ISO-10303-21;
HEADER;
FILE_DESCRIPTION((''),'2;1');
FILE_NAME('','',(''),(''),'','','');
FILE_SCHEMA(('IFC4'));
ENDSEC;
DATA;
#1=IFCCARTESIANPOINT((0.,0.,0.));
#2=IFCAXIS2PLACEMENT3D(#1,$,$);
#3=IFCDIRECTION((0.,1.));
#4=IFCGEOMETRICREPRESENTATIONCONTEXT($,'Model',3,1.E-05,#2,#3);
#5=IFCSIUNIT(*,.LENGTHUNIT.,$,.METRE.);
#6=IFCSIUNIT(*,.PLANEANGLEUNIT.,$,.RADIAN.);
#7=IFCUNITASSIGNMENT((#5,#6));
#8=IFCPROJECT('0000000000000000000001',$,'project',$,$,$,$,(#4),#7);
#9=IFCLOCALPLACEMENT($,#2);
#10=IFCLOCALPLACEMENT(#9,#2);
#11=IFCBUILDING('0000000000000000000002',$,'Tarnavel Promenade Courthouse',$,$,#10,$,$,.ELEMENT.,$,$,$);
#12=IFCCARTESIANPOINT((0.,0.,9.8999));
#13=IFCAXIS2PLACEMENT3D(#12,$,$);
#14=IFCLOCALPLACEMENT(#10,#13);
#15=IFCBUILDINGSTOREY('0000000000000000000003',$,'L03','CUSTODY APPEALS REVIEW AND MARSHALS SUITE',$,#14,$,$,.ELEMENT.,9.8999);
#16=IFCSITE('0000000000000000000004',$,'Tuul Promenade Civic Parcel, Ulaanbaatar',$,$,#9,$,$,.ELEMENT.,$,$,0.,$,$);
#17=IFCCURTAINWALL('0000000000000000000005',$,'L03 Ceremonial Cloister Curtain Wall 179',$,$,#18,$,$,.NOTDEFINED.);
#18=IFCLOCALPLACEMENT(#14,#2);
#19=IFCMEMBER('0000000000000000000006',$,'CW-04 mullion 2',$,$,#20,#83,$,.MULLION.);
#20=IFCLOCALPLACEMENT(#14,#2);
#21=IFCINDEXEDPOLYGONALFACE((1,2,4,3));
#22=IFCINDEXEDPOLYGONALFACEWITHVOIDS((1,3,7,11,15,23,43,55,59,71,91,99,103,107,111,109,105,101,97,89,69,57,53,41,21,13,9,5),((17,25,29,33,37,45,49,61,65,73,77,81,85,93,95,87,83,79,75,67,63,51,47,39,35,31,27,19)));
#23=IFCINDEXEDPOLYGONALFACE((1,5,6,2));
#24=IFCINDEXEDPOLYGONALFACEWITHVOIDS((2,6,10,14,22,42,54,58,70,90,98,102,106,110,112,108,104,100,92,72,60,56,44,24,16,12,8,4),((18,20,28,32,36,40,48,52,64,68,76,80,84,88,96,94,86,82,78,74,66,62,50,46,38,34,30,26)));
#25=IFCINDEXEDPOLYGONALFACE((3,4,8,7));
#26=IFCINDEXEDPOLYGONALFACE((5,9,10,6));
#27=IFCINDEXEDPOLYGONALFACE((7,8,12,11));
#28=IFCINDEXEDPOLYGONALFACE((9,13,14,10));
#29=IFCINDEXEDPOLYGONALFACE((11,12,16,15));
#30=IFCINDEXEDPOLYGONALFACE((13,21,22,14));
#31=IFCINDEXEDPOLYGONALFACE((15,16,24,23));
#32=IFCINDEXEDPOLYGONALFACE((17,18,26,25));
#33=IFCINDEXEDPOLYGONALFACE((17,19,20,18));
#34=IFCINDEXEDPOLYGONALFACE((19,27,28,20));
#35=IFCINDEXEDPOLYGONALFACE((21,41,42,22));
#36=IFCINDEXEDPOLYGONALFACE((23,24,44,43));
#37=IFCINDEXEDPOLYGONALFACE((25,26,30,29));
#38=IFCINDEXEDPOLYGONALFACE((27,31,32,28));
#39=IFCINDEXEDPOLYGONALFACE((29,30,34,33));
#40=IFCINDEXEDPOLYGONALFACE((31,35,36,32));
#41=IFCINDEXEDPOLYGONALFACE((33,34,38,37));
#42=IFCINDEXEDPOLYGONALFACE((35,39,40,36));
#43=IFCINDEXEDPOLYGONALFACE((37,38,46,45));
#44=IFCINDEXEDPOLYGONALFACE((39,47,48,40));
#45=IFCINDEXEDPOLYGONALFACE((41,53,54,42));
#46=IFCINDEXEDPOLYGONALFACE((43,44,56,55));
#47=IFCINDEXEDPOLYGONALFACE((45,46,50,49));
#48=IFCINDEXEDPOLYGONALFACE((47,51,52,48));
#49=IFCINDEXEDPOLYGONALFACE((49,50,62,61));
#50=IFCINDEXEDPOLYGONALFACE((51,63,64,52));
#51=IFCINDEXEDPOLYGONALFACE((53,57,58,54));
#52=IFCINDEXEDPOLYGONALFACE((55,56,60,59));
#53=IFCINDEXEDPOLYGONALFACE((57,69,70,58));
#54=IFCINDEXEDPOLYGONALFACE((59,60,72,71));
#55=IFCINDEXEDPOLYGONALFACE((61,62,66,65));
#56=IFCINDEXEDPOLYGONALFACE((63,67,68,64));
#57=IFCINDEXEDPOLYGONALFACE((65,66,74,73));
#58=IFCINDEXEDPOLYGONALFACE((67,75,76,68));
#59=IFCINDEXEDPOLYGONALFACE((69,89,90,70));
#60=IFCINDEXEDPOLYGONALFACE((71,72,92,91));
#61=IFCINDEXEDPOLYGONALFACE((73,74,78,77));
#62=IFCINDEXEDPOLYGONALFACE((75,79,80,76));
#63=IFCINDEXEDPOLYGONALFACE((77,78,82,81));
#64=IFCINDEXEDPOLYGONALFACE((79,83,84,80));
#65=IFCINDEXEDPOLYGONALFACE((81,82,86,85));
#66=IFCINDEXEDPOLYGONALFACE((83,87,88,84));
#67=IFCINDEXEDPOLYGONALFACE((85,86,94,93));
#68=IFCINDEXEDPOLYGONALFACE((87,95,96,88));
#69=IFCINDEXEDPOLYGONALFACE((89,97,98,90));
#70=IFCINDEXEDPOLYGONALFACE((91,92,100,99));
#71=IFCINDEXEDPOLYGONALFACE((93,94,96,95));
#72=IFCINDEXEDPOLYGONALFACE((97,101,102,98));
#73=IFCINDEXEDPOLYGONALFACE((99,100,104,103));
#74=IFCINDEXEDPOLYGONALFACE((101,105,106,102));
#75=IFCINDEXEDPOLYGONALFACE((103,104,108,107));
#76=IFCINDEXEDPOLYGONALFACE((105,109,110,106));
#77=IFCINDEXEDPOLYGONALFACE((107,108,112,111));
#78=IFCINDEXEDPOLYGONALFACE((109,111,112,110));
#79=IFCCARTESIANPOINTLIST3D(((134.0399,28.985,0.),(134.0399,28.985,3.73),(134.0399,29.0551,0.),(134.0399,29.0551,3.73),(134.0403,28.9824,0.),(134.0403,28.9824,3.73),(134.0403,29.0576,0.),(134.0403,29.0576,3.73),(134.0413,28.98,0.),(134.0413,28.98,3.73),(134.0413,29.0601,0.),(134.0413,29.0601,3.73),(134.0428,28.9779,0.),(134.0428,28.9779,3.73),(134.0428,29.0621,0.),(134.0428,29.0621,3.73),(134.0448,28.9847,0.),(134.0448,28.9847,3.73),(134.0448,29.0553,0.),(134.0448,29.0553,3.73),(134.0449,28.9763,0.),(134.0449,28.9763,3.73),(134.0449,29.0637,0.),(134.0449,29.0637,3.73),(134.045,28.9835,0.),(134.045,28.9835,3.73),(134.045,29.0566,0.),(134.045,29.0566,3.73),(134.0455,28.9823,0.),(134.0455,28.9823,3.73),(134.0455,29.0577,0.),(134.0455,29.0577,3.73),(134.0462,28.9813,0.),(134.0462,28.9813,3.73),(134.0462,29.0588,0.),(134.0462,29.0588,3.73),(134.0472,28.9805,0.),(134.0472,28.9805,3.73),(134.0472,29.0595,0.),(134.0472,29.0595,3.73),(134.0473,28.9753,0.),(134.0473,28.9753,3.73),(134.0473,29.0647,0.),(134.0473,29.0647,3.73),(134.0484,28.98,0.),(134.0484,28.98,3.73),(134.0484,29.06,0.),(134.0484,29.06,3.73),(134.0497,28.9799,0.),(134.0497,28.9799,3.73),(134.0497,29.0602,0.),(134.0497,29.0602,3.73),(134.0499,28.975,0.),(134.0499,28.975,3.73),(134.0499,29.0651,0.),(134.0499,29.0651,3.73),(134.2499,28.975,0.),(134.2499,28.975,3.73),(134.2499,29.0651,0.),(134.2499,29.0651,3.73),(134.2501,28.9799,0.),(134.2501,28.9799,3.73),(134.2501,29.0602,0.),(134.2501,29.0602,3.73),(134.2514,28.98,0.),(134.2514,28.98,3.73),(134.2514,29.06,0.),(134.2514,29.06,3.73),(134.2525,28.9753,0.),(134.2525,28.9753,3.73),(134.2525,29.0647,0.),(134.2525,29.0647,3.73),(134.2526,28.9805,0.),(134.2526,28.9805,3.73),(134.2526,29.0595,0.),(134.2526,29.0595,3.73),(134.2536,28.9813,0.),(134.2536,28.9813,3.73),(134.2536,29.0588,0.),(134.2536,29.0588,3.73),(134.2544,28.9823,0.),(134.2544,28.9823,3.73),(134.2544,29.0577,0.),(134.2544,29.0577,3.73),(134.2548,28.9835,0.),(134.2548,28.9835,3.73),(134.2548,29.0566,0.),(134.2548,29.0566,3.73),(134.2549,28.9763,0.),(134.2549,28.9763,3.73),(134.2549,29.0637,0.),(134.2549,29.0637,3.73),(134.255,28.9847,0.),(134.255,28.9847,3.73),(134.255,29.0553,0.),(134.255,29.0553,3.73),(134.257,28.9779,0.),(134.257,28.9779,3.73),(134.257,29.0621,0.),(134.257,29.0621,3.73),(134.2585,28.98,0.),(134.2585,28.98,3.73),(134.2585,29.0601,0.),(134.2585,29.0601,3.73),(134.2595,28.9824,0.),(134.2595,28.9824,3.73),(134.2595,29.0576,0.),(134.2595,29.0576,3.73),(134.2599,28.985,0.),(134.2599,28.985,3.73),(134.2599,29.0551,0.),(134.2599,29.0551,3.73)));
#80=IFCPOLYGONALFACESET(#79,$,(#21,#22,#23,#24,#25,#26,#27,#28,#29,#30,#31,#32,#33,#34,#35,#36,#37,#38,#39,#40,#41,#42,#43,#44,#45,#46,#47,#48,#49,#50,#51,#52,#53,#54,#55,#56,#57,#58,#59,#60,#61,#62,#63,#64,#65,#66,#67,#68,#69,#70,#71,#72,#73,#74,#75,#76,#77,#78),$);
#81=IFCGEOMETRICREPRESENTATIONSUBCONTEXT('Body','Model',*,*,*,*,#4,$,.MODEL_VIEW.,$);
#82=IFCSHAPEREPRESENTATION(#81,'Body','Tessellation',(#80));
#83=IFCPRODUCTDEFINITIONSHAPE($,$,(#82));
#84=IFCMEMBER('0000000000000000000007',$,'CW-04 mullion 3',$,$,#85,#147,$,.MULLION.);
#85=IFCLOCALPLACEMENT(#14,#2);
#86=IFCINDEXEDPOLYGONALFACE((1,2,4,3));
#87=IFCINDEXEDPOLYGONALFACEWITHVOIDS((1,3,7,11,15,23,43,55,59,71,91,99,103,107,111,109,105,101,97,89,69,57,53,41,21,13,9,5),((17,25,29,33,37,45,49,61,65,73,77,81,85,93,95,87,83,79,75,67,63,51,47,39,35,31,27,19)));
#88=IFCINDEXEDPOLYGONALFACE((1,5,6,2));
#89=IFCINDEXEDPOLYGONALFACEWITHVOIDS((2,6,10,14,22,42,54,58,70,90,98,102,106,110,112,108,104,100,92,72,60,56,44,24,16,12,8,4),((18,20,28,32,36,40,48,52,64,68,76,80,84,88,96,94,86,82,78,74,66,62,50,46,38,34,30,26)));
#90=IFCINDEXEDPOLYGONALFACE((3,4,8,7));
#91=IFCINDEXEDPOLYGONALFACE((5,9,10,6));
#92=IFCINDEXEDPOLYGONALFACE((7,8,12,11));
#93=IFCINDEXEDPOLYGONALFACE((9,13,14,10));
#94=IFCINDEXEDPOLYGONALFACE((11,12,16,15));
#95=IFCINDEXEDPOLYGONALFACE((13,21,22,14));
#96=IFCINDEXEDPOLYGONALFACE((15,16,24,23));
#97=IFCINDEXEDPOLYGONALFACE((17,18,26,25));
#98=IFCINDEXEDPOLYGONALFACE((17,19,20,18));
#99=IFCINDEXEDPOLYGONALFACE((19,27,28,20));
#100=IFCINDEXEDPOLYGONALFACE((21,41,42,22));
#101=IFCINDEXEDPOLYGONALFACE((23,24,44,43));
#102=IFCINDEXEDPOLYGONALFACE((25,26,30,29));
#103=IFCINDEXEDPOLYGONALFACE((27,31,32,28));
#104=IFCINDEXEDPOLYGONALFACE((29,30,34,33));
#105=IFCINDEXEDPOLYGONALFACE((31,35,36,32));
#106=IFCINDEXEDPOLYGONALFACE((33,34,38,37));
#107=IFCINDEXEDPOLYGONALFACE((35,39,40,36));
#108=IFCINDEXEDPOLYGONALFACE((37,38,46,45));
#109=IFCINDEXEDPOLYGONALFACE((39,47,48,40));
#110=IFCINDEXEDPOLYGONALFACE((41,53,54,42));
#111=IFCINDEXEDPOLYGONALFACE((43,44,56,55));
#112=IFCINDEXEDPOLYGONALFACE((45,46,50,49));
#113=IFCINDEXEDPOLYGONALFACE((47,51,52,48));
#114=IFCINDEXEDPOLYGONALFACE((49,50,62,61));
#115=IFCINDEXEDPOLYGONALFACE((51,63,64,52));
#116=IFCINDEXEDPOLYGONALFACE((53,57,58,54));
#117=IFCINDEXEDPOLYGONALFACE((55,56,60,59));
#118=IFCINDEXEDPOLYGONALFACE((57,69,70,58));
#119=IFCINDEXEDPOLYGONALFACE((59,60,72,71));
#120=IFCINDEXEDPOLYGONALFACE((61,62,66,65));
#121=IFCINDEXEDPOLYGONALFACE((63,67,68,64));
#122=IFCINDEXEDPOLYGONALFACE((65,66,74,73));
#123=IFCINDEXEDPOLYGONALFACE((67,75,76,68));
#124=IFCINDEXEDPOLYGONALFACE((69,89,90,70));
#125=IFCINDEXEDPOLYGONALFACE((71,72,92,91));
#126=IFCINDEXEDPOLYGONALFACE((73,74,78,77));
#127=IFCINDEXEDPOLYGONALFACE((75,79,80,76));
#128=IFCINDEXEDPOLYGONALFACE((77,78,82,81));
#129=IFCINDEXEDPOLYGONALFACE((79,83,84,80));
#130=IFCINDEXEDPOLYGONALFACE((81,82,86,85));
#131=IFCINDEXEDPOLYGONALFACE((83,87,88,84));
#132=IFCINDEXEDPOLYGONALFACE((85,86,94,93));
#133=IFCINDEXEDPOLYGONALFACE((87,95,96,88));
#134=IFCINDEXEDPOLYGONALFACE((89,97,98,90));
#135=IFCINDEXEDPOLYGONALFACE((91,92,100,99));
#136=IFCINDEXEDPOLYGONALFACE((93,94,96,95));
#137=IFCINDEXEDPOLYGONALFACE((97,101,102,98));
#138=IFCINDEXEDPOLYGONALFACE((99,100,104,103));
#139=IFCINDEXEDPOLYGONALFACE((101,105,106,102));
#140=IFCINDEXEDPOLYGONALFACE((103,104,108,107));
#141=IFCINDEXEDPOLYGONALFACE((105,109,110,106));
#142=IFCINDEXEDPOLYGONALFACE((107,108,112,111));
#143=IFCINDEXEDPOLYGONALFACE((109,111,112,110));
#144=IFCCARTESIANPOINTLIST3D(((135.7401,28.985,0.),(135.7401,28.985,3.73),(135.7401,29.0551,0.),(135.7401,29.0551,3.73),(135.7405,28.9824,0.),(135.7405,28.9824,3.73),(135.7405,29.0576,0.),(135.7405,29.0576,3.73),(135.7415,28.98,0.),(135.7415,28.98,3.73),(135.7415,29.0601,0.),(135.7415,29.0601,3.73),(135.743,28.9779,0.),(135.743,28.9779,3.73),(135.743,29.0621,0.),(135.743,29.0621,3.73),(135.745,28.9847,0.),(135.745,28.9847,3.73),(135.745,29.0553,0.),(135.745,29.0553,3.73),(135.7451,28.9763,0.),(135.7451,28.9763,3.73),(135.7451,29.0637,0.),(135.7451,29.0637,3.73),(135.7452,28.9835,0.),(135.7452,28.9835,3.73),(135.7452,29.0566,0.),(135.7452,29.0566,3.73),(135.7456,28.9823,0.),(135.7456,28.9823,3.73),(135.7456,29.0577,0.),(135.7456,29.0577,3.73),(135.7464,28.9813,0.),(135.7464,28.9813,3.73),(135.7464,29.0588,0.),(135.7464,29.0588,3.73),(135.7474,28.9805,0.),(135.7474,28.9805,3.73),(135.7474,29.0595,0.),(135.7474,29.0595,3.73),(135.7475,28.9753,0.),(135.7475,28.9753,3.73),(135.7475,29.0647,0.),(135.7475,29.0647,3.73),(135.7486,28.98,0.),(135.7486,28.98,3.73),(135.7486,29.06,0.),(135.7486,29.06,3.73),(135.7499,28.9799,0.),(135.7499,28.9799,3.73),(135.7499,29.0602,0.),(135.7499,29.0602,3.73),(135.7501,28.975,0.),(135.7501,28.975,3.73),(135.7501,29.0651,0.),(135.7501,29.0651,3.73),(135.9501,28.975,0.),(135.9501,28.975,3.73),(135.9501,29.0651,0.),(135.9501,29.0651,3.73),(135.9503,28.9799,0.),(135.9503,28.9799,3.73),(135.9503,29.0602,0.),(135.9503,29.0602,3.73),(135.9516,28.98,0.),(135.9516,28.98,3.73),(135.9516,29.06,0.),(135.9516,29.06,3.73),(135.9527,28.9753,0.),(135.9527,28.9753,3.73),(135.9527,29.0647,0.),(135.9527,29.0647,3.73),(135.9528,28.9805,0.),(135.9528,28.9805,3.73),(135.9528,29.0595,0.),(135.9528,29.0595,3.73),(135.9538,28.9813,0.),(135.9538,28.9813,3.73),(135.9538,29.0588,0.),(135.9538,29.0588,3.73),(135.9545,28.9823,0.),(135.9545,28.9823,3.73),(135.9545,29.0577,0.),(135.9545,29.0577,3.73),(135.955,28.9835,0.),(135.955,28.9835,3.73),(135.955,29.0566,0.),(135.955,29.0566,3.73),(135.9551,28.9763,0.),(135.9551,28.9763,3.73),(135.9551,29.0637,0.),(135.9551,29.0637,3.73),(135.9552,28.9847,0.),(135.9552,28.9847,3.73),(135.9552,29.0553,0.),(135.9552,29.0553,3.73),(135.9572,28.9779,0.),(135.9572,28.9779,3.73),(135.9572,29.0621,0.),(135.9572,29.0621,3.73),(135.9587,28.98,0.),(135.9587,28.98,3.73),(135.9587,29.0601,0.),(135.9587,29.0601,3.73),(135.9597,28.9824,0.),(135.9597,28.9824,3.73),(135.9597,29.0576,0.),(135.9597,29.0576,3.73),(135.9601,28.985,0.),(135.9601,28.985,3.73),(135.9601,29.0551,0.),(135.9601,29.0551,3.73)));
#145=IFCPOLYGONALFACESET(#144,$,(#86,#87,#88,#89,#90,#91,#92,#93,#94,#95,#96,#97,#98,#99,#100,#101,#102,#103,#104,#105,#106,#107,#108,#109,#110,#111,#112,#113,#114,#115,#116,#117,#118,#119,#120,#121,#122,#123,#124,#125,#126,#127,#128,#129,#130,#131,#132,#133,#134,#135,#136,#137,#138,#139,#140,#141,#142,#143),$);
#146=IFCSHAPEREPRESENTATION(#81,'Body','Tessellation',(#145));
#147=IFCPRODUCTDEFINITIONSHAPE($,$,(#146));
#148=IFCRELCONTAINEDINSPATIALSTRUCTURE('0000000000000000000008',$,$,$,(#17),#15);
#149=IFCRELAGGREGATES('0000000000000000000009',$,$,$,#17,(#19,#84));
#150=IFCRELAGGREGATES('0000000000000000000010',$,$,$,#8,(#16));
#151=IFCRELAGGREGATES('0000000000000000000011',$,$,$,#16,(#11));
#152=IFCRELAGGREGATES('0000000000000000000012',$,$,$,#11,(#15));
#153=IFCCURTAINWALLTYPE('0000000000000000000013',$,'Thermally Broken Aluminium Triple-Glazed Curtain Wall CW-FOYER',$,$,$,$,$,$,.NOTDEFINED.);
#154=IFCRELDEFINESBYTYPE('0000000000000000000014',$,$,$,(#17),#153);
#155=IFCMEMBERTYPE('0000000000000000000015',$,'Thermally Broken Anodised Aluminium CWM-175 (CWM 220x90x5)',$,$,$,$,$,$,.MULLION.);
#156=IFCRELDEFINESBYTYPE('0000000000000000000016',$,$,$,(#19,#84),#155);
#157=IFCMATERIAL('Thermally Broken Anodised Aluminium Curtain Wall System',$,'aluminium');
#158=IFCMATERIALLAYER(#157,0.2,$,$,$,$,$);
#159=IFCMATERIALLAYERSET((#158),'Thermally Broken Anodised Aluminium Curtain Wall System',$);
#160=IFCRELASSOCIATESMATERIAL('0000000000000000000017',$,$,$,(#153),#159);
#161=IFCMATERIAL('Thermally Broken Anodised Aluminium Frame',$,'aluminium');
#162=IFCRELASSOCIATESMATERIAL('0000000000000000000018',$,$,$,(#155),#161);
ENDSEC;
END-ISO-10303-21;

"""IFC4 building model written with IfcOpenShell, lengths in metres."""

from ifc_helpers import new_model, si_unit, direction, frame, origin, origin_2d, place, context, subcontext, project, spatial, hollow_rectangle, extrude, material, layer, layer_set, material_profile, profile_set, type_object, element, aggregate, save


model = new_model("IFC4")

# Units and contexts
model_context = context("Model", 3, precision=1e-05, world=origin(), true_north=direction((0.0, 1.0)))
body_context = subcontext(model_context, "Body", "Model", "MODEL_VIEW")
ifc_project = project(units=[si_unit("LENGTHUNIT", "METRE"), si_unit("PLANEANGLEUNIT", "RADIAN")], contexts=[model_context])

# Site, building, storey
site_placement = place(None, origin())
site = spatial("IfcSite", under=ifc_project, at=site_placement, Name="Tuul Promenade Civic Parcel, Ulaanbaatar", CompositionType="ELEMENT", RefElevation=0.0)
building_placement = place(site_placement, origin())
building = spatial("IfcBuilding", under=site, at=building_placement, Name="Tarnavel Promenade Courthouse", CompositionType="ELEMENT")
storey_placement = place(building_placement, frame((0.0, 0.0, 9.8999)))
storey = spatial("IfcBuildingStorey", under=building, at=storey_placement, Name="L03", Description="CUSTODY APPEALS REVIEW AND MARSHALS SUITE", CompositionType="ELEMENT", Elevation=9.8999)

# Shared definitions
ifc_material_1 = material(Name="Thermally Broken Anodised Aluminium Curtain Wall System", Category="aluminium")
ifc_layer_1 = layer(ifc_material_1, 0.2)
ifc_layer_set_1 = layer_set([ifc_layer_1], Name="Thermally Broken Anodised Aluminium Curtain Wall System")
curtain_wall_type = type_object("IfcCurtainWallType", Name="Thermally Broken Aluminium Triple-Glazed Curtain Wall CW-FOYER", PredefinedType="NOTDEFINED", material=ifc_layer_set_1)
ifc_material_2 = material(Name="Thermally Broken Anodised Aluminium Frame", Category="aluminium")
ifc_material_profile_1 = material_profile(ifc_material_2, hollow_rectangle(XDim=0.0901, YDim=0.22, WallThickness=0.0049, InnerFilletRadius=0.0049, OuterFilletRadius=0.01, at=origin_2d()), Name="CWM 220x90x5")
ifc_profile_set_1 = profile_set([ifc_material_profile_1], Name="Thermally Broken Anodised Aluminium Frame")
member_type_1 = type_object("IfcMemberType", Name="Thermally Broken Anodised Aluminium CWM-175 (CWM 220x90x5)", PredefinedType="MULLION", material=ifc_profile_set_1)

# Curtain wall, members
curtain_wall_1_placement = place(storey_placement, origin())
curtain_wall_1 = element("IfcCurtainWall", 1, at=curtain_wall_1_placement, inside=storey, type_object=curtain_wall_type, Name="L03 Ceremonial Cloister Curtain Wall 179", PredefinedType="NOTDEFINED")
member_1_placement = place(storey_placement, frame((134.1499, 29.02, 0.0), z_axis=(0.0, 0.0, 1.0), x_axis=(0.0, 1.0, 0.0)))
member_1 = element("IfcMember", 2, at=member_1_placement, type_object=member_type_1, Name="CW-04 mullion 2", PredefinedType="MULLION", context=body_context, shape_type="SweptSolid", body=[
    extrude(hollow_rectangle(XDim=0.0901, YDim=0.22, WallThickness=0.0049, InnerFilletRadius=0.0049, OuterFilletRadius=0.01, at=origin_2d()), origin(), (0.0, 0.0, 1.0), 3.73),
])
member_2_placement = place(storey_placement, frame((135.8501, 29.02, 0.0), z_axis=(0.0, 0.0, 1.0), x_axis=(0.0, 1.0, 0.0)))
member_2 = element("IfcMember", 3, at=member_2_placement, type_object=member_type_1, Name="CW-04 mullion 3", PredefinedType="MULLION", context=body_context, shape_type="SweptSolid", body=[
    extrude(hollow_rectangle(XDim=0.0901, YDim=0.22, WallThickness=0.0049, InnerFilletRadius=0.0049, OuterFilletRadius=0.01, at=origin_2d()), origin(), (0.0, 0.0, 1.0), 3.73),
])

aggregate(curtain_wall_1, [member_1, member_2])

save(model, "model.ifc")
